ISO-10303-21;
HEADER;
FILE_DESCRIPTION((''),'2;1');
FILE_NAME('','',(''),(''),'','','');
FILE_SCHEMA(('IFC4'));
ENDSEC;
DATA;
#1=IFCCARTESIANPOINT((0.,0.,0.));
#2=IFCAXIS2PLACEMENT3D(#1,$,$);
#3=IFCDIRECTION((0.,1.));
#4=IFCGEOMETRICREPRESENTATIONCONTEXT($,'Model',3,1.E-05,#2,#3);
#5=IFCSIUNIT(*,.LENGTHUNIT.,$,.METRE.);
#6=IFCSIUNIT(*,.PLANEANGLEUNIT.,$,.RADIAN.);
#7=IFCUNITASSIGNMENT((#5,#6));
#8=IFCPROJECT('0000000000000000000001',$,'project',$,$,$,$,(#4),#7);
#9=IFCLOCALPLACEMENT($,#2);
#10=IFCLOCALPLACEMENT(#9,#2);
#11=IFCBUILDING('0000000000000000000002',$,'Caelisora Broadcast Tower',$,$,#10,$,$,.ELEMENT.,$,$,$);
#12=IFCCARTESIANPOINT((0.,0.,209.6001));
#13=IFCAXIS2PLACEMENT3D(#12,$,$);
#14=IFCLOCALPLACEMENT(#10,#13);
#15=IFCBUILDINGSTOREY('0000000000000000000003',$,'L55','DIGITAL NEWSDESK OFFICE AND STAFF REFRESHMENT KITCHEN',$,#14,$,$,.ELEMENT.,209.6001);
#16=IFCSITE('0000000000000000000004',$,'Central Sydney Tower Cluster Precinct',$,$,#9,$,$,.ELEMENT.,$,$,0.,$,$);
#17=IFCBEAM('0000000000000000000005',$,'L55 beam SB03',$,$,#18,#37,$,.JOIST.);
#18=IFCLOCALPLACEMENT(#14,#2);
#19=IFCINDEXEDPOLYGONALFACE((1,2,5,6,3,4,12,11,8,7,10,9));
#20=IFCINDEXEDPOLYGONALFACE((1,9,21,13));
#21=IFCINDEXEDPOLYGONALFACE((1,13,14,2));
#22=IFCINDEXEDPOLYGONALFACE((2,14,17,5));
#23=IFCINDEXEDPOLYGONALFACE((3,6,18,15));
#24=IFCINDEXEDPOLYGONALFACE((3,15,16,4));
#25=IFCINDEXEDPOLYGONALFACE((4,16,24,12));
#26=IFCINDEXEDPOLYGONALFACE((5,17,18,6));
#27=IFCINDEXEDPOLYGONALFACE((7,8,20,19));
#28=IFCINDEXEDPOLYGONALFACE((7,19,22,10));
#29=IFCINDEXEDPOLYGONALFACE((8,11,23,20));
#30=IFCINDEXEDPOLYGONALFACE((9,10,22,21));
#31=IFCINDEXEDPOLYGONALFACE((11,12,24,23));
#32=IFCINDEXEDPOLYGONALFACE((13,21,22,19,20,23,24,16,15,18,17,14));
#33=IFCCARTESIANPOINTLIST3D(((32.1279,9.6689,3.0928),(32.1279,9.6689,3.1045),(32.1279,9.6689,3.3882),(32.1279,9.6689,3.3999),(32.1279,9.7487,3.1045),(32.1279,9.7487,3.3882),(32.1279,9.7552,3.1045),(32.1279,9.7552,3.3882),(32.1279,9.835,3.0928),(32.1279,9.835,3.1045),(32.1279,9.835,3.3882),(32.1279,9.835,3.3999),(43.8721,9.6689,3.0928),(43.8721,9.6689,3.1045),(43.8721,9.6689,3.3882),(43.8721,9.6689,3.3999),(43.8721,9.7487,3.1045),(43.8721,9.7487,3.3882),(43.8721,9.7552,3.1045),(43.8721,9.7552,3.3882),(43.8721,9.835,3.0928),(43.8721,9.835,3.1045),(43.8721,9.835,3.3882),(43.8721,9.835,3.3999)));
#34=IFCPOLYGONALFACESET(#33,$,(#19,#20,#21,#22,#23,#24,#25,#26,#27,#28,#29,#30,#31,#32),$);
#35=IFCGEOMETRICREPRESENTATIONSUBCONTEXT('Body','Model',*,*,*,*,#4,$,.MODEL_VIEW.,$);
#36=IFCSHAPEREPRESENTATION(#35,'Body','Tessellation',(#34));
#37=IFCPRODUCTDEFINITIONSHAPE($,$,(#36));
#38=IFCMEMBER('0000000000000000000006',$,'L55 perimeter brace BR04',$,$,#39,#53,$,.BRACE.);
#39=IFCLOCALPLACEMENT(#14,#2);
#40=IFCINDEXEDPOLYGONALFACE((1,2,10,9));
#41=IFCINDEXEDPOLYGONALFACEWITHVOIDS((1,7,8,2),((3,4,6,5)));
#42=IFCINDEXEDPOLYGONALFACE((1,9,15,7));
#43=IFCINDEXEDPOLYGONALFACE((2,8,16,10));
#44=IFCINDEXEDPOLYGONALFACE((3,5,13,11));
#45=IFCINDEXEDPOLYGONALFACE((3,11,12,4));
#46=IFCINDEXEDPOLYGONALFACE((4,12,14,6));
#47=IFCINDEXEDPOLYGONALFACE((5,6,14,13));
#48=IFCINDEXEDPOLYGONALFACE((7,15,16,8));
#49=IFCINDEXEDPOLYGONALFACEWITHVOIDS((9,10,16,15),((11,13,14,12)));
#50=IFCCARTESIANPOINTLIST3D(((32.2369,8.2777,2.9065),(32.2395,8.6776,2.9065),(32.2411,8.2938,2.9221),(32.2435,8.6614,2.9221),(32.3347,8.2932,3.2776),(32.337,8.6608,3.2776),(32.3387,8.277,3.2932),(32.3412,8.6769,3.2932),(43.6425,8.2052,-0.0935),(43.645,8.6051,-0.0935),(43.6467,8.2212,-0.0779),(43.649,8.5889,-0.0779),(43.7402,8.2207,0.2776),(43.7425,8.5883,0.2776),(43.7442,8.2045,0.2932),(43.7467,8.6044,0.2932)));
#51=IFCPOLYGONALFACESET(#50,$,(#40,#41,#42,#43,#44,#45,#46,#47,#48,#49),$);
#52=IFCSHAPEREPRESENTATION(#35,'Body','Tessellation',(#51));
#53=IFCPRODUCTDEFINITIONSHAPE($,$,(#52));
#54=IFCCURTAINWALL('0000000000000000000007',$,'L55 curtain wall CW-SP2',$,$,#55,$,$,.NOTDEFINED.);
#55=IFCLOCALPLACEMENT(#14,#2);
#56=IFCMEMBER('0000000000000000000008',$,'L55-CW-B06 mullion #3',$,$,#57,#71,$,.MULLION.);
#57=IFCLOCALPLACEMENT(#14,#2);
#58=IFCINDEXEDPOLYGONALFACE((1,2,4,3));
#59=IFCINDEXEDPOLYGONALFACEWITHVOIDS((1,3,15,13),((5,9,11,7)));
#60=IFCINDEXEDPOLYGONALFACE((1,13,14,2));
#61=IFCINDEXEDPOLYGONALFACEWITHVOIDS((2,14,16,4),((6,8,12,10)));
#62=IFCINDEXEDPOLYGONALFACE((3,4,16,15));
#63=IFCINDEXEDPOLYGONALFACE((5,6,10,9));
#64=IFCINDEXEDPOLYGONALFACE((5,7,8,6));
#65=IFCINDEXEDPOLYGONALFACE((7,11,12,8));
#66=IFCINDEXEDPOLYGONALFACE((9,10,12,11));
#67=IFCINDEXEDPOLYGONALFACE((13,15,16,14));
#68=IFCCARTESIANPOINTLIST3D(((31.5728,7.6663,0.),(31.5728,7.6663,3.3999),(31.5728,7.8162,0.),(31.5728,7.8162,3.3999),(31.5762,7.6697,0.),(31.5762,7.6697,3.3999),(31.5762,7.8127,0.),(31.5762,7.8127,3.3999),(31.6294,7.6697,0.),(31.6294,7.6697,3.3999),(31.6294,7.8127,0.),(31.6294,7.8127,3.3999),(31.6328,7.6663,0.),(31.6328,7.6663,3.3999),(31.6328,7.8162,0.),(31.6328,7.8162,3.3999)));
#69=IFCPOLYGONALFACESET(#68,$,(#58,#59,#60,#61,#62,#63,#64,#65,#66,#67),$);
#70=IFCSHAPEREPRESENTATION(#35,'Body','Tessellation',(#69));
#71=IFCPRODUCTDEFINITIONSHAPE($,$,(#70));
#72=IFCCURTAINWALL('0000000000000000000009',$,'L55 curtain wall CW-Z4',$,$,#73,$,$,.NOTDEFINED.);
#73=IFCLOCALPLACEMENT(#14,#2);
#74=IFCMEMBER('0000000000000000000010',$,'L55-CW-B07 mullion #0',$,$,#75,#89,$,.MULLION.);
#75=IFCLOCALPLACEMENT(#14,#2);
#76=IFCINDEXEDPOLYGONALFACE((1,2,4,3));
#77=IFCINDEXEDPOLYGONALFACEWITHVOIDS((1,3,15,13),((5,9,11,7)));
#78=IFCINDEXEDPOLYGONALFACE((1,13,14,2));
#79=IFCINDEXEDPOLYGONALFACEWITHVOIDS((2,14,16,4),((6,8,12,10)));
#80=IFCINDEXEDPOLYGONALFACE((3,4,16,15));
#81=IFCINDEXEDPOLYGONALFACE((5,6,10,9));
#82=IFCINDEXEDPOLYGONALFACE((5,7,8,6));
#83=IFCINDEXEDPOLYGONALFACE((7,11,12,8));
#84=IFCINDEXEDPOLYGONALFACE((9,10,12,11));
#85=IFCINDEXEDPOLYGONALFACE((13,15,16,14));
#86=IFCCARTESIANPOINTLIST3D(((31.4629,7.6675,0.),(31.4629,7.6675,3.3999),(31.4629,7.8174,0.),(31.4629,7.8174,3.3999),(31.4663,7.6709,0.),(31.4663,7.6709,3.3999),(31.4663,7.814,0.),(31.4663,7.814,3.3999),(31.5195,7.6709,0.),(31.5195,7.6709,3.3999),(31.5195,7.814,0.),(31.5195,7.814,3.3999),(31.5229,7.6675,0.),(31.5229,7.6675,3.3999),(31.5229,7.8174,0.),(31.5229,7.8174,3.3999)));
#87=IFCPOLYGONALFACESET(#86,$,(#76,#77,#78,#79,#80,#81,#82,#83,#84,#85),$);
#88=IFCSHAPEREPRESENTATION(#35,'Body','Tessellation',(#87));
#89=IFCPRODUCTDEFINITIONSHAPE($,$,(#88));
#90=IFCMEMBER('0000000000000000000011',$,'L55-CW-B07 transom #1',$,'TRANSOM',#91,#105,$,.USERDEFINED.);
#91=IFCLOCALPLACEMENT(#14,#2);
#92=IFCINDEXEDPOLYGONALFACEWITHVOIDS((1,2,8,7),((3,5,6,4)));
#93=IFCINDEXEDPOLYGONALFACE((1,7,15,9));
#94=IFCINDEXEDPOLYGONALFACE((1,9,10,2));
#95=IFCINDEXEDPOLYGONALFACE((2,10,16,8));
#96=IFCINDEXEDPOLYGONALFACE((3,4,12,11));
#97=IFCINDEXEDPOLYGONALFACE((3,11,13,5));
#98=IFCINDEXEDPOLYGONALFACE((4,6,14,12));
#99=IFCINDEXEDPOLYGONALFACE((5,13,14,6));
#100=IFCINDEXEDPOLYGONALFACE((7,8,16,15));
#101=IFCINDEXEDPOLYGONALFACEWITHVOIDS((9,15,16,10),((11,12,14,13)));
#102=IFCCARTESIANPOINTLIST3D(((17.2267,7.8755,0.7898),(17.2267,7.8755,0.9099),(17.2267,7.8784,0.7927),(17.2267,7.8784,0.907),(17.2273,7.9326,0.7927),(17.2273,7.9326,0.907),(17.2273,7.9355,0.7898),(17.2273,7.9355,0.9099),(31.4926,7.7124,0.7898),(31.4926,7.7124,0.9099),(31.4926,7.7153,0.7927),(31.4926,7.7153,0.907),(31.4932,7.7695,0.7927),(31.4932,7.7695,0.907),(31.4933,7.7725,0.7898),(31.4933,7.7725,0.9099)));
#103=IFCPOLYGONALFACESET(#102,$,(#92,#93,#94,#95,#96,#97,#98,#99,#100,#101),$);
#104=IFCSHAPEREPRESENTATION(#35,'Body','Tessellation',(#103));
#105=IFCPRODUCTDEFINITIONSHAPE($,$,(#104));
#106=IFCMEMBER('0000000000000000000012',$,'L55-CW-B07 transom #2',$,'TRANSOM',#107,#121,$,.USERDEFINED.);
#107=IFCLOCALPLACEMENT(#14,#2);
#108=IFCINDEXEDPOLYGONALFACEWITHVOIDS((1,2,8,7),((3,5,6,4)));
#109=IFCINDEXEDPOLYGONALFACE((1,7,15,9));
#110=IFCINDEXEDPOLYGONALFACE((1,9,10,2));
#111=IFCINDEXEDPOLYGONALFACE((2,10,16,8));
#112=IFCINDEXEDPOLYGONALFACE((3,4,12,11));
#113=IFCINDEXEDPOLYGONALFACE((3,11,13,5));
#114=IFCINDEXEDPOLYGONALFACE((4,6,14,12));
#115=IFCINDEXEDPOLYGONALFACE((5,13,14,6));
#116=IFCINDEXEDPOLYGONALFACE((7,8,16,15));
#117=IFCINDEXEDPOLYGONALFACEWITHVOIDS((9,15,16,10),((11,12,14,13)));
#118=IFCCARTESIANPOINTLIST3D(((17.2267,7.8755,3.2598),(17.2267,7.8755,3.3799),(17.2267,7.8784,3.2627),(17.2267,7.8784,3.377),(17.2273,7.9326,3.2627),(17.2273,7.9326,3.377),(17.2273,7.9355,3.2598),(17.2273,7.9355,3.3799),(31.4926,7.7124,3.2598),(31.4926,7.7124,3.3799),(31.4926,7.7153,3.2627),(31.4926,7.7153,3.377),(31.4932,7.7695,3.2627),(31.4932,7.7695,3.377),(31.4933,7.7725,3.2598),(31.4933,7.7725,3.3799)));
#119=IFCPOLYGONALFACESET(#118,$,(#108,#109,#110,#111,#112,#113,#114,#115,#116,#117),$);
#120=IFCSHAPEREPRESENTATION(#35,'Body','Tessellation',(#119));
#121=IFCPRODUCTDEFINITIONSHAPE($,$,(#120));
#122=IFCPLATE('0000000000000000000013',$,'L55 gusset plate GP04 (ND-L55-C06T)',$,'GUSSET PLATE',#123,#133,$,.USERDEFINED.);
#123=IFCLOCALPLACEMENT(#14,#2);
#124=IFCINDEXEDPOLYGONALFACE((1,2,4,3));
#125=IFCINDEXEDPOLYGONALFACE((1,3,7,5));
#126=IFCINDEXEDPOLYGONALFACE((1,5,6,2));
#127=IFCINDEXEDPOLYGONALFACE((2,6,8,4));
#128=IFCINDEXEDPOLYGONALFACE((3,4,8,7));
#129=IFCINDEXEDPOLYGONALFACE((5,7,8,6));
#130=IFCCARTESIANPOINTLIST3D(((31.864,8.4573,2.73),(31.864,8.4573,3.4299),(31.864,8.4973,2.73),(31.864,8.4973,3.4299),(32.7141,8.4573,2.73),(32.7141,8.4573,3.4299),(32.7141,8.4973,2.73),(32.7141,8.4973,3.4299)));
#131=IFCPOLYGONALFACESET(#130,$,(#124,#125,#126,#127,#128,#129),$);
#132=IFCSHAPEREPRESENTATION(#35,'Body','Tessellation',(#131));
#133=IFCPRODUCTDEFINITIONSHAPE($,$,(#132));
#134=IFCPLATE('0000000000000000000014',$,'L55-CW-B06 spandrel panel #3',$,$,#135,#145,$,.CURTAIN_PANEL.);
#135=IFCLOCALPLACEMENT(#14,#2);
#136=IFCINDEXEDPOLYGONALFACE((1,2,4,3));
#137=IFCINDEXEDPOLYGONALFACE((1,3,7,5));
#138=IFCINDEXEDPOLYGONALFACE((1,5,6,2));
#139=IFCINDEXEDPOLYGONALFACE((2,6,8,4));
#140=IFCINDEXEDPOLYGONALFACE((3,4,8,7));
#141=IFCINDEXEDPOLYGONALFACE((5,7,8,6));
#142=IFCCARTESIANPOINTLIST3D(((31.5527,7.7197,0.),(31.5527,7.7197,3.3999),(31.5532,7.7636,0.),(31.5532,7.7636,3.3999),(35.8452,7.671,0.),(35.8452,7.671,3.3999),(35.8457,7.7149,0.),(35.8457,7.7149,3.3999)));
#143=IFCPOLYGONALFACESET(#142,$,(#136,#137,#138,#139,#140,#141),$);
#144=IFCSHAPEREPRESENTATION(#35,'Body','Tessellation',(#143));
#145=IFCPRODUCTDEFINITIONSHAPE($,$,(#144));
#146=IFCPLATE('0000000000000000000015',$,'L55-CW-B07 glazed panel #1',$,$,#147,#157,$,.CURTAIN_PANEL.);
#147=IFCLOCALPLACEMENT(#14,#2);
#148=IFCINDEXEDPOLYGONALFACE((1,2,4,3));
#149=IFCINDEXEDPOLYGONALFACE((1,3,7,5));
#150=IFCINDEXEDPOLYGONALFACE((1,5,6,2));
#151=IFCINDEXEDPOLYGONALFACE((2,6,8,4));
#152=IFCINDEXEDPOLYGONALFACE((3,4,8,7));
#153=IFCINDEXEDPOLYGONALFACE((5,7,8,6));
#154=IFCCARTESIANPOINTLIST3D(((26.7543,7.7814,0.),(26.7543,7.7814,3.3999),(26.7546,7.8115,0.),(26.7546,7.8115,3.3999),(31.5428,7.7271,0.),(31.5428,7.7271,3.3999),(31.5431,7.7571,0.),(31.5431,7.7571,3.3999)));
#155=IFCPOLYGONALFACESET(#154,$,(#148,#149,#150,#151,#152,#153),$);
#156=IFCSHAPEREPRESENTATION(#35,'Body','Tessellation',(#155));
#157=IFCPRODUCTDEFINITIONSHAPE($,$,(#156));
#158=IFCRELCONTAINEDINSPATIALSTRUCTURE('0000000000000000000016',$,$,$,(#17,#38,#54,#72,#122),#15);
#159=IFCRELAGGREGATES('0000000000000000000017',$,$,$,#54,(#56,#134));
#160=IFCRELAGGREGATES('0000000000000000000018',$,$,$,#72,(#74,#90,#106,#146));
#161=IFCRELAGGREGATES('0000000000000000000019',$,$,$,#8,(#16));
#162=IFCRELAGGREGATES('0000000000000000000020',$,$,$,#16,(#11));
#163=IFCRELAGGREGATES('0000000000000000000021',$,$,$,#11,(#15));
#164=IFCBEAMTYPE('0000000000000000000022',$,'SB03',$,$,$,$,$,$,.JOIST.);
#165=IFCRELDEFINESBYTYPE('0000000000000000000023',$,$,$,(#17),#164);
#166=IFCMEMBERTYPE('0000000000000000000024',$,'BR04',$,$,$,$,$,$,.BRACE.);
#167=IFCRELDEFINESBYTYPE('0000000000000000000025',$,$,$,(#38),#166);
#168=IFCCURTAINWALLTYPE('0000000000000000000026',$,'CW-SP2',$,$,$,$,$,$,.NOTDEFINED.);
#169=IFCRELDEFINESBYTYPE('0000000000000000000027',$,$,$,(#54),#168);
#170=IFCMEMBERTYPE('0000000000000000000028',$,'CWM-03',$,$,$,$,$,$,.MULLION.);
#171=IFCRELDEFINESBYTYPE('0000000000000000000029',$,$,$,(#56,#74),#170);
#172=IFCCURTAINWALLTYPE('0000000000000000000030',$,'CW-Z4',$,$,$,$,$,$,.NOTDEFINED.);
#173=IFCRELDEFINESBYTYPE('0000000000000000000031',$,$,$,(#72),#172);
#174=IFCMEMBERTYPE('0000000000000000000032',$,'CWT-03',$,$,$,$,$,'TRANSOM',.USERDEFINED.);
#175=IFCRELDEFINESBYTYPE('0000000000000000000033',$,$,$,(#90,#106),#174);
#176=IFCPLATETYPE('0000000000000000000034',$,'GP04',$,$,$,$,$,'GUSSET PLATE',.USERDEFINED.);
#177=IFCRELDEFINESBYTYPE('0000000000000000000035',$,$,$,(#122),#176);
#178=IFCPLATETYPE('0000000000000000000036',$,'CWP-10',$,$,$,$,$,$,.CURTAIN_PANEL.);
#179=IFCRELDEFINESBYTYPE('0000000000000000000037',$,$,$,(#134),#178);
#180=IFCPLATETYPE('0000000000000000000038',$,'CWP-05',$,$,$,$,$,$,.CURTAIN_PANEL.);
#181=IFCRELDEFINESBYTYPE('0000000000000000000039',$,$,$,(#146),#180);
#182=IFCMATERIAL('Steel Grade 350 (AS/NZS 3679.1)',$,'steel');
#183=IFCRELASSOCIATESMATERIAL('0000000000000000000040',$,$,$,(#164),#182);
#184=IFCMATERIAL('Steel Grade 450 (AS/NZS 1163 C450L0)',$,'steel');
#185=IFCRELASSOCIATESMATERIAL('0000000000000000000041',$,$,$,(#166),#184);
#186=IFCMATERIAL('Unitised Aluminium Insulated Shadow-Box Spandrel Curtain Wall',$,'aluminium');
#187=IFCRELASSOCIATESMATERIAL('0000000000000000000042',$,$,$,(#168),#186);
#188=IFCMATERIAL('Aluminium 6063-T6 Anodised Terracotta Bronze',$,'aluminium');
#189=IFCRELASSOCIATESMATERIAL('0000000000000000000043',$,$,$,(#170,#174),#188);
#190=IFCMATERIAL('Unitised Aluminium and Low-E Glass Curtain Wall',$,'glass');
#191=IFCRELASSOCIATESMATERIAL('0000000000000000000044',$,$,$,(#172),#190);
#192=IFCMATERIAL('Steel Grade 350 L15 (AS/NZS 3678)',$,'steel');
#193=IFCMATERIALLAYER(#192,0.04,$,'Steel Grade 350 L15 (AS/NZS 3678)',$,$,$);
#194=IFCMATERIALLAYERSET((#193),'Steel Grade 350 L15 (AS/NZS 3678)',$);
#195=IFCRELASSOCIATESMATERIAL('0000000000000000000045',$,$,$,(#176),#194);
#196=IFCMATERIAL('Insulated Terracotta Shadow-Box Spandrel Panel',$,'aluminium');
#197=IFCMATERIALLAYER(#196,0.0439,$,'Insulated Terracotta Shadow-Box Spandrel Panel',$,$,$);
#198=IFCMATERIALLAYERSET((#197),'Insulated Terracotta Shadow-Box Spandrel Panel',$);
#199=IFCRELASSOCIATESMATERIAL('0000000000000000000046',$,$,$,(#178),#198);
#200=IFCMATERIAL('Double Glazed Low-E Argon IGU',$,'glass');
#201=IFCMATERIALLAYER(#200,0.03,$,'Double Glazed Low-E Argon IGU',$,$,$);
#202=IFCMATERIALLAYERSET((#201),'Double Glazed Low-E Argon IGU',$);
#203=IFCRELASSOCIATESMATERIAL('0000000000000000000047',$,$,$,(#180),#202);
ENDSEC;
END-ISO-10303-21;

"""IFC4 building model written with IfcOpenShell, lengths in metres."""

from ifc_helpers import new_model, si_unit, direction, frame, origin, origin_2d, place, context, subcontext, project, spatial, rectangle, hollow_rectangle, i_section, extrude, source, transform, mapped, material, layer, layer_set, material_profile, profile_set, type_object, type_shapes, element, aggregate, save


model = new_model("IFC4")

# Units and contexts
model_context = context("Model", 3, precision=1e-05, world=origin(), true_north=direction((0.0, 1.0)))
body_context = subcontext(model_context, "Body", "Model", "MODEL_VIEW")
ifc_project = project(units=[si_unit("LENGTHUNIT", "METRE"), si_unit("PLANEANGLEUNIT", "RADIAN")], contexts=[model_context])

# Site, building, storey
site_placement = place(None, origin())
site = spatial("IfcSite", under=ifc_project, at=site_placement, Name="Central Sydney Tower Cluster Precinct", CompositionType="ELEMENT", RefElevation=0.0)
building_placement = place(site_placement, origin())
building = spatial("IfcBuilding", under=site, at=building_placement, Name="Caelisora Broadcast Tower", CompositionType="ELEMENT")
storey_placement = place(building_placement, frame((0.0, 0.0, 209.6001)))
storey = spatial("IfcBuildingStorey", under=building, at=storey_placement, Name="L55", Description="DIGITAL NEWSDESK OFFICE AND STAFF REFRESHMENT KITCHEN", CompositionType="ELEMENT", Elevation=209.6001)

# Shared definitions
ifc_material_1 = material(Name="Steel Grade 350 L15 (AS/NZS 3678)", Category="steel")

# Beam
ifc_material_2 = material(Name="Steel Grade 350 (AS/NZS 3679.1)", Category="steel")
ifc_material_profile_1 = material_profile(ifc_material_2, i_section(OverallWidth=0.166, OverallDepth=0.3071, WebThickness=0.0066, FlangeThickness=0.0117, at=origin_2d()), Name="Steel Grade 350 (AS/NZS 3679.1)")
ifc_profile_set_1 = profile_set([ifc_material_profile_1], Name="Steel Grade 350 (AS/NZS 3679.1)")
beam_type_1 = type_object("IfcBeamType", Name="SB03", PredefinedType="JOIST", material=ifc_profile_set_1)
shared_shape_1 = source(origin(), body_context, "Body", "SweptSolid", [
    extrude(i_section(OverallWidth=0.166, OverallDepth=0.3071, WebThickness=0.0066, FlangeThickness=0.0117, at=origin_2d()), origin(), (0.0, 0.0, 1.0), 11.7441),
])
beam_1_placement = place(storey_placement, frame((32.1279, 9.752, 3.2463), z_axis=(1.0, 0.0, 0.0), x_axis=(0.0, 1.0, 0.0)))
element("IfcBeam", 1, at=beam_1_placement, inside=storey, type_object=beam_type_1, Name="L55 beam SB03", PredefinedType="JOIST", context=body_context, shape_type="MappedRepresentation", body=[
    mapped(shared_shape_1, transform((0.0, 0.0, 0.0), scale=1.0)),
])

# Member
ifc_material_3 = material(Name="Steel Grade 450 (AS/NZS 1163 C450L0)", Category="steel")
ifc_material_profile_2 = material_profile(ifc_material_3, hollow_rectangle(XDim=0.3999, YDim=0.3999, WallThickness=0.0161, at=origin_2d()), Name="Steel Grade 450 (AS/NZS 1163 C450L0)")
ifc_profile_set_2 = profile_set([ifc_material_profile_2], Name="Steel Grade 450 (AS/NZS 1163 C450L0)")
member_type_1 = type_object("IfcMemberType", Name="BR04", PredefinedType="BRACE", material=ifc_profile_set_2)
shared_shape_2 = source(origin(), body_context, "Body", "SweptSolid", [
    extrude(hollow_rectangle(XDim=0.3999, YDim=0.3999, WallThickness=0.0161, at=origin_2d()), origin(), (0.0, 0.0, 1.0), 11.7937),
])
type_shapes(member_type_1, [shared_shape_2])
member_1_placement = place(storey_placement, frame((32.2891, 8.4773, 3.0999), z_axis=(0.967087, -0.006148, -0.254373), x_axis=(0.006357, 0.99998, 0.0)))
element("IfcMember", 2, at=member_1_placement, inside=storey, type_object=member_type_1, Name="L55 perimeter brace BR04", PredefinedType="BRACE", context=body_context, shape_type="MappedRepresentation", body=[
    mapped(shared_shape_2, transform((0.0, 0.0, 0.0), scale=1.0)),
])

# Curtain wall, member
ifc_material_4 = material(Name="Unitised Aluminium Insulated Shadow-Box Spandrel Curtain Wall", Category="aluminium")
curtain_wall_type_1 = type_object("IfcCurtainWallType", Name="CW-SP2", PredefinedType="NOTDEFINED", material=ifc_material_4)
curtain_wall_1_placement = place(storey_placement, origin())
curtain_wall_1 = element("IfcCurtainWall", 3, at=curtain_wall_1_placement, inside=storey, type_object=curtain_wall_type_1, Name="L55 curtain wall CW-SP2", PredefinedType="NOTDEFINED")
ifc_material_5 = material(Name="Aluminium 6063-T6 Anodised Terracotta Bronze", Category="aluminium")
ifc_material_profile_3 = material_profile(ifc_material_5, hollow_rectangle(XDim=0.0601, YDim=0.1499, WallThickness=0.0034, at=origin_2d()), Name="Aluminium 6063-T6 Anodised Terracotta Bronze")
ifc_profile_set_3 = profile_set([ifc_material_profile_3], Name="Aluminium 6063-T6 Anodised Terracotta Bronze")
member_type_2 = type_object("IfcMemberType", Name="CWM-03", PredefinedType="MULLION", material=ifc_profile_set_3)
shared_shape_3 = source(origin(), body_context, "Body", "SweptSolid", [
    extrude(hollow_rectangle(XDim=0.0601, YDim=0.1499, WallThickness=0.0034, at=origin_2d()), origin(), (0.0, 0.0, 1.0), 3.3999),
])
type_shapes(member_type_2, [shared_shape_3])
member_2_placement = place(storey_placement, frame((31.6028, 7.7412, 0.0), z_axis=(0.0, 0.0, 1.0), x_axis=(1.0, 0.0, 0.0)))
member_2 = element("IfcMember", 4, at=member_2_placement, type_object=member_type_2, Name="L55-CW-B06 mullion #3", PredefinedType="MULLION", context=body_context, shape_type="MappedRepresentation", body=[
    mapped(shared_shape_3, transform((0.0, 0.0, 0.0), scale=1.0)),
])

# Curtain wall, members
ifc_material_6 = material(Name="Unitised Aluminium and Low-E Glass Curtain Wall", Category="glass")
curtain_wall_type_2 = type_object("IfcCurtainWallType", Name="CW-Z4", PredefinedType="NOTDEFINED", material=ifc_material_6)
curtain_wall_2_placement = place(storey_placement, origin())
curtain_wall_2 = element("IfcCurtainWall", 5, at=curtain_wall_2_placement, inside=storey, type_object=curtain_wall_type_2, Name="L55 curtain wall CW-Z4", PredefinedType="NOTDEFINED")
member_3_placement = place(storey_placement, frame((31.4929, 7.7424, 0.0), z_axis=(0.0, 0.0, 1.0), x_axis=(1.0, 0.0, 0.0)))
member_3 = element("IfcMember", 6, at=member_3_placement, type_object=member_type_2, Name="L55-CW-B07 mullion #0", PredefinedType="MULLION", context=body_context, shape_type="MappedRepresentation", body=[
    mapped(shared_shape_3, transform((0.0, 0.0, 0.0), scale=1.0)),
])
ifc_material_profile_4 = material_profile(ifc_material_5, hollow_rectangle(XDim=0.0601, YDim=0.1201, WallThickness=0.0029, at=origin_2d()), Name="Aluminium 6063-T6 Anodised Terracotta Bronze")
ifc_profile_set_4 = profile_set([ifc_material_profile_4], Name="Aluminium 6063-T6 Anodised Terracotta Bronze")
member_type_3 = type_object("IfcMemberType", Name="CWT-03", ElementType="TRANSOM", PredefinedType="USERDEFINED", material=ifc_profile_set_4)
shared_shape_4 = source(origin(), body_context, "Body", "SweptSolid", [
    extrude(hollow_rectangle(XDim=0.0601, YDim=0.1201, WallThickness=0.0029, at=origin_2d()), origin(), (0.0, 0.0, 1.0), 14.2668),
])
type_shapes(member_type_3, [shared_shape_4])
member_4_placement = place(storey_placement, frame((31.4929, 7.7424, 0.8499), z_axis=(-0.999935, 0.011431, 0.0), x_axis=(-0.011431, -0.999935, 0.0)))
member_4 = element("IfcMember", 7, at=member_4_placement, type_object=member_type_3, Name="L55-CW-B07 transom #1", ObjectType="TRANSOM", PredefinedType="USERDEFINED", context=body_context, shape_type="MappedRepresentation", body=[
    mapped(shared_shape_4, transform((0.0, 0.0, 0.0), scale=1.0)),
])
member_5_placement = place(storey_placement, frame((31.4929, 7.7424, 3.3198), z_axis=(-0.999935, 0.011431, 0.0), x_axis=(-0.011431, -0.999935, 0.0)))
member_5 = element("IfcMember", 8, at=member_5_placement, type_object=member_type_3, Name="L55-CW-B07 transom #2", ObjectType="TRANSOM", PredefinedType="USERDEFINED", context=body_context, shape_type="MappedRepresentation", body=[
    mapped(shared_shape_4, transform((0.0, 0.0, 0.0), scale=1.0)),
])

# Plates
ifc_layer_1 = layer(ifc_material_1, 0.04, Name="Steel Grade 350 L15 (AS/NZS 3678)")
ifc_layer_set_1 = layer_set([ifc_layer_1], Name="Steel Grade 350 L15 (AS/NZS 3678)")
plate_type_1 = type_object("IfcPlateType", Name="GP04", ElementType="GUSSET PLATE", PredefinedType="USERDEFINED", material=ifc_layer_set_1)
shared_shape_5 = source(origin(), body_context, "Body", "SweptSolid", [
    extrude(rectangle(XDim=0.8501, YDim=0.04, at=origin_2d()), origin(), (0.0, 0.0, 1.0), 0.7),
])
type_shapes(plate_type_1, [shared_shape_5])
plate_1_placement = place(storey_placement, frame((32.2891, 8.4773, 2.73), z_axis=(0.0, 0.0, 1.0), x_axis=(1.0, 0.0, 0.0)))
element("IfcPlate", 9, at=plate_1_placement, inside=storey, type_object=plate_type_1, Name="L55 gusset plate GP04 (ND-L55-C06T)", ObjectType="GUSSET PLATE", PredefinedType="USERDEFINED", context=body_context, shape_type="MappedRepresentation", body=[
    mapped(shared_shape_5, transform((0.0, 0.0, 0.0), scale=1.0)),
])
ifc_material_7 = material(Name="Insulated Terracotta Shadow-Box Spandrel Panel", Category="aluminium")
ifc_layer_2 = layer(ifc_material_7, 0.0439, Name="Insulated Terracotta Shadow-Box Spandrel Panel")
ifc_layer_set_2 = layer_set([ifc_layer_2], Name="Insulated Terracotta Shadow-Box Spandrel Panel")
plate_type_2 = type_object("IfcPlateType", Name="CWP-10", PredefinedType="CURTAIN_PANEL", material=ifc_layer_set_2)
shared_shape_6 = source(origin(), body_context, "Body", "SweptSolid", [
    extrude(rectangle(XDim=4.2927, YDim=0.0439, at=origin_2d()), origin(), (0.0, 0.0, 1.0), 3.3999),
])
type_shapes(plate_type_2, [shared_shape_6])
plate_2_placement = place(storey_placement, frame((33.6992, 7.7173, 0.0), z_axis=(0.0, 0.0, 1.0), x_axis=(-0.999936, 0.011344, 0.0)))
plate_2 = element("IfcPlate", 10, at=plate_2_placement, type_object=plate_type_2, Name="L55-CW-B06 spandrel panel #3", PredefinedType="CURTAIN_PANEL", context=body_context, shape_type="MappedRepresentation", body=[
    mapped(shared_shape_6, transform((0.0, 0.0, 0.0), scale=1.0)),
])
aggregate(curtain_wall_1, [member_2, plate_2])
ifc_material_8 = material(Name="Double Glazed Low-E Argon IGU", Category="glass")
ifc_layer_3 = layer(ifc_material_8, 0.03, Name="Double Glazed Low-E Argon IGU")
ifc_layer_set_3 = layer_set([ifc_layer_3], Name="Double Glazed Low-E Argon IGU")
plate_type_3 = type_object("IfcPlateType", Name="CWP-05", PredefinedType="CURTAIN_PANEL", material=ifc_layer_set_3)
shared_shape_7 = source(origin(), body_context, "Body", "SweptSolid", [
    extrude(rectangle(XDim=4.7888, YDim=0.03, at=origin_2d()), origin(), (0.0, 0.0, 1.0), 3.3999),
])
type_shapes(plate_type_3, [shared_shape_7])
plate_3_placement = place(storey_placement, frame((29.1487, 7.7693, 0.0), z_axis=(0.0, 0.0, 1.0), x_axis=(-0.999936, 0.011344, 0.0)))
plate_3 = element("IfcPlate", 11, at=plate_3_placement, type_object=plate_type_3, Name="L55-CW-B07 glazed panel #1", PredefinedType="CURTAIN_PANEL", context=body_context, shape_type="MappedRepresentation", body=[
    mapped(shared_shape_7, transform((0.0, 0.0, 0.0), scale=1.0)),
])
aggregate(curtain_wall_2, [member_3, member_4, member_5, plate_3])

save(model, "model.ifc")
